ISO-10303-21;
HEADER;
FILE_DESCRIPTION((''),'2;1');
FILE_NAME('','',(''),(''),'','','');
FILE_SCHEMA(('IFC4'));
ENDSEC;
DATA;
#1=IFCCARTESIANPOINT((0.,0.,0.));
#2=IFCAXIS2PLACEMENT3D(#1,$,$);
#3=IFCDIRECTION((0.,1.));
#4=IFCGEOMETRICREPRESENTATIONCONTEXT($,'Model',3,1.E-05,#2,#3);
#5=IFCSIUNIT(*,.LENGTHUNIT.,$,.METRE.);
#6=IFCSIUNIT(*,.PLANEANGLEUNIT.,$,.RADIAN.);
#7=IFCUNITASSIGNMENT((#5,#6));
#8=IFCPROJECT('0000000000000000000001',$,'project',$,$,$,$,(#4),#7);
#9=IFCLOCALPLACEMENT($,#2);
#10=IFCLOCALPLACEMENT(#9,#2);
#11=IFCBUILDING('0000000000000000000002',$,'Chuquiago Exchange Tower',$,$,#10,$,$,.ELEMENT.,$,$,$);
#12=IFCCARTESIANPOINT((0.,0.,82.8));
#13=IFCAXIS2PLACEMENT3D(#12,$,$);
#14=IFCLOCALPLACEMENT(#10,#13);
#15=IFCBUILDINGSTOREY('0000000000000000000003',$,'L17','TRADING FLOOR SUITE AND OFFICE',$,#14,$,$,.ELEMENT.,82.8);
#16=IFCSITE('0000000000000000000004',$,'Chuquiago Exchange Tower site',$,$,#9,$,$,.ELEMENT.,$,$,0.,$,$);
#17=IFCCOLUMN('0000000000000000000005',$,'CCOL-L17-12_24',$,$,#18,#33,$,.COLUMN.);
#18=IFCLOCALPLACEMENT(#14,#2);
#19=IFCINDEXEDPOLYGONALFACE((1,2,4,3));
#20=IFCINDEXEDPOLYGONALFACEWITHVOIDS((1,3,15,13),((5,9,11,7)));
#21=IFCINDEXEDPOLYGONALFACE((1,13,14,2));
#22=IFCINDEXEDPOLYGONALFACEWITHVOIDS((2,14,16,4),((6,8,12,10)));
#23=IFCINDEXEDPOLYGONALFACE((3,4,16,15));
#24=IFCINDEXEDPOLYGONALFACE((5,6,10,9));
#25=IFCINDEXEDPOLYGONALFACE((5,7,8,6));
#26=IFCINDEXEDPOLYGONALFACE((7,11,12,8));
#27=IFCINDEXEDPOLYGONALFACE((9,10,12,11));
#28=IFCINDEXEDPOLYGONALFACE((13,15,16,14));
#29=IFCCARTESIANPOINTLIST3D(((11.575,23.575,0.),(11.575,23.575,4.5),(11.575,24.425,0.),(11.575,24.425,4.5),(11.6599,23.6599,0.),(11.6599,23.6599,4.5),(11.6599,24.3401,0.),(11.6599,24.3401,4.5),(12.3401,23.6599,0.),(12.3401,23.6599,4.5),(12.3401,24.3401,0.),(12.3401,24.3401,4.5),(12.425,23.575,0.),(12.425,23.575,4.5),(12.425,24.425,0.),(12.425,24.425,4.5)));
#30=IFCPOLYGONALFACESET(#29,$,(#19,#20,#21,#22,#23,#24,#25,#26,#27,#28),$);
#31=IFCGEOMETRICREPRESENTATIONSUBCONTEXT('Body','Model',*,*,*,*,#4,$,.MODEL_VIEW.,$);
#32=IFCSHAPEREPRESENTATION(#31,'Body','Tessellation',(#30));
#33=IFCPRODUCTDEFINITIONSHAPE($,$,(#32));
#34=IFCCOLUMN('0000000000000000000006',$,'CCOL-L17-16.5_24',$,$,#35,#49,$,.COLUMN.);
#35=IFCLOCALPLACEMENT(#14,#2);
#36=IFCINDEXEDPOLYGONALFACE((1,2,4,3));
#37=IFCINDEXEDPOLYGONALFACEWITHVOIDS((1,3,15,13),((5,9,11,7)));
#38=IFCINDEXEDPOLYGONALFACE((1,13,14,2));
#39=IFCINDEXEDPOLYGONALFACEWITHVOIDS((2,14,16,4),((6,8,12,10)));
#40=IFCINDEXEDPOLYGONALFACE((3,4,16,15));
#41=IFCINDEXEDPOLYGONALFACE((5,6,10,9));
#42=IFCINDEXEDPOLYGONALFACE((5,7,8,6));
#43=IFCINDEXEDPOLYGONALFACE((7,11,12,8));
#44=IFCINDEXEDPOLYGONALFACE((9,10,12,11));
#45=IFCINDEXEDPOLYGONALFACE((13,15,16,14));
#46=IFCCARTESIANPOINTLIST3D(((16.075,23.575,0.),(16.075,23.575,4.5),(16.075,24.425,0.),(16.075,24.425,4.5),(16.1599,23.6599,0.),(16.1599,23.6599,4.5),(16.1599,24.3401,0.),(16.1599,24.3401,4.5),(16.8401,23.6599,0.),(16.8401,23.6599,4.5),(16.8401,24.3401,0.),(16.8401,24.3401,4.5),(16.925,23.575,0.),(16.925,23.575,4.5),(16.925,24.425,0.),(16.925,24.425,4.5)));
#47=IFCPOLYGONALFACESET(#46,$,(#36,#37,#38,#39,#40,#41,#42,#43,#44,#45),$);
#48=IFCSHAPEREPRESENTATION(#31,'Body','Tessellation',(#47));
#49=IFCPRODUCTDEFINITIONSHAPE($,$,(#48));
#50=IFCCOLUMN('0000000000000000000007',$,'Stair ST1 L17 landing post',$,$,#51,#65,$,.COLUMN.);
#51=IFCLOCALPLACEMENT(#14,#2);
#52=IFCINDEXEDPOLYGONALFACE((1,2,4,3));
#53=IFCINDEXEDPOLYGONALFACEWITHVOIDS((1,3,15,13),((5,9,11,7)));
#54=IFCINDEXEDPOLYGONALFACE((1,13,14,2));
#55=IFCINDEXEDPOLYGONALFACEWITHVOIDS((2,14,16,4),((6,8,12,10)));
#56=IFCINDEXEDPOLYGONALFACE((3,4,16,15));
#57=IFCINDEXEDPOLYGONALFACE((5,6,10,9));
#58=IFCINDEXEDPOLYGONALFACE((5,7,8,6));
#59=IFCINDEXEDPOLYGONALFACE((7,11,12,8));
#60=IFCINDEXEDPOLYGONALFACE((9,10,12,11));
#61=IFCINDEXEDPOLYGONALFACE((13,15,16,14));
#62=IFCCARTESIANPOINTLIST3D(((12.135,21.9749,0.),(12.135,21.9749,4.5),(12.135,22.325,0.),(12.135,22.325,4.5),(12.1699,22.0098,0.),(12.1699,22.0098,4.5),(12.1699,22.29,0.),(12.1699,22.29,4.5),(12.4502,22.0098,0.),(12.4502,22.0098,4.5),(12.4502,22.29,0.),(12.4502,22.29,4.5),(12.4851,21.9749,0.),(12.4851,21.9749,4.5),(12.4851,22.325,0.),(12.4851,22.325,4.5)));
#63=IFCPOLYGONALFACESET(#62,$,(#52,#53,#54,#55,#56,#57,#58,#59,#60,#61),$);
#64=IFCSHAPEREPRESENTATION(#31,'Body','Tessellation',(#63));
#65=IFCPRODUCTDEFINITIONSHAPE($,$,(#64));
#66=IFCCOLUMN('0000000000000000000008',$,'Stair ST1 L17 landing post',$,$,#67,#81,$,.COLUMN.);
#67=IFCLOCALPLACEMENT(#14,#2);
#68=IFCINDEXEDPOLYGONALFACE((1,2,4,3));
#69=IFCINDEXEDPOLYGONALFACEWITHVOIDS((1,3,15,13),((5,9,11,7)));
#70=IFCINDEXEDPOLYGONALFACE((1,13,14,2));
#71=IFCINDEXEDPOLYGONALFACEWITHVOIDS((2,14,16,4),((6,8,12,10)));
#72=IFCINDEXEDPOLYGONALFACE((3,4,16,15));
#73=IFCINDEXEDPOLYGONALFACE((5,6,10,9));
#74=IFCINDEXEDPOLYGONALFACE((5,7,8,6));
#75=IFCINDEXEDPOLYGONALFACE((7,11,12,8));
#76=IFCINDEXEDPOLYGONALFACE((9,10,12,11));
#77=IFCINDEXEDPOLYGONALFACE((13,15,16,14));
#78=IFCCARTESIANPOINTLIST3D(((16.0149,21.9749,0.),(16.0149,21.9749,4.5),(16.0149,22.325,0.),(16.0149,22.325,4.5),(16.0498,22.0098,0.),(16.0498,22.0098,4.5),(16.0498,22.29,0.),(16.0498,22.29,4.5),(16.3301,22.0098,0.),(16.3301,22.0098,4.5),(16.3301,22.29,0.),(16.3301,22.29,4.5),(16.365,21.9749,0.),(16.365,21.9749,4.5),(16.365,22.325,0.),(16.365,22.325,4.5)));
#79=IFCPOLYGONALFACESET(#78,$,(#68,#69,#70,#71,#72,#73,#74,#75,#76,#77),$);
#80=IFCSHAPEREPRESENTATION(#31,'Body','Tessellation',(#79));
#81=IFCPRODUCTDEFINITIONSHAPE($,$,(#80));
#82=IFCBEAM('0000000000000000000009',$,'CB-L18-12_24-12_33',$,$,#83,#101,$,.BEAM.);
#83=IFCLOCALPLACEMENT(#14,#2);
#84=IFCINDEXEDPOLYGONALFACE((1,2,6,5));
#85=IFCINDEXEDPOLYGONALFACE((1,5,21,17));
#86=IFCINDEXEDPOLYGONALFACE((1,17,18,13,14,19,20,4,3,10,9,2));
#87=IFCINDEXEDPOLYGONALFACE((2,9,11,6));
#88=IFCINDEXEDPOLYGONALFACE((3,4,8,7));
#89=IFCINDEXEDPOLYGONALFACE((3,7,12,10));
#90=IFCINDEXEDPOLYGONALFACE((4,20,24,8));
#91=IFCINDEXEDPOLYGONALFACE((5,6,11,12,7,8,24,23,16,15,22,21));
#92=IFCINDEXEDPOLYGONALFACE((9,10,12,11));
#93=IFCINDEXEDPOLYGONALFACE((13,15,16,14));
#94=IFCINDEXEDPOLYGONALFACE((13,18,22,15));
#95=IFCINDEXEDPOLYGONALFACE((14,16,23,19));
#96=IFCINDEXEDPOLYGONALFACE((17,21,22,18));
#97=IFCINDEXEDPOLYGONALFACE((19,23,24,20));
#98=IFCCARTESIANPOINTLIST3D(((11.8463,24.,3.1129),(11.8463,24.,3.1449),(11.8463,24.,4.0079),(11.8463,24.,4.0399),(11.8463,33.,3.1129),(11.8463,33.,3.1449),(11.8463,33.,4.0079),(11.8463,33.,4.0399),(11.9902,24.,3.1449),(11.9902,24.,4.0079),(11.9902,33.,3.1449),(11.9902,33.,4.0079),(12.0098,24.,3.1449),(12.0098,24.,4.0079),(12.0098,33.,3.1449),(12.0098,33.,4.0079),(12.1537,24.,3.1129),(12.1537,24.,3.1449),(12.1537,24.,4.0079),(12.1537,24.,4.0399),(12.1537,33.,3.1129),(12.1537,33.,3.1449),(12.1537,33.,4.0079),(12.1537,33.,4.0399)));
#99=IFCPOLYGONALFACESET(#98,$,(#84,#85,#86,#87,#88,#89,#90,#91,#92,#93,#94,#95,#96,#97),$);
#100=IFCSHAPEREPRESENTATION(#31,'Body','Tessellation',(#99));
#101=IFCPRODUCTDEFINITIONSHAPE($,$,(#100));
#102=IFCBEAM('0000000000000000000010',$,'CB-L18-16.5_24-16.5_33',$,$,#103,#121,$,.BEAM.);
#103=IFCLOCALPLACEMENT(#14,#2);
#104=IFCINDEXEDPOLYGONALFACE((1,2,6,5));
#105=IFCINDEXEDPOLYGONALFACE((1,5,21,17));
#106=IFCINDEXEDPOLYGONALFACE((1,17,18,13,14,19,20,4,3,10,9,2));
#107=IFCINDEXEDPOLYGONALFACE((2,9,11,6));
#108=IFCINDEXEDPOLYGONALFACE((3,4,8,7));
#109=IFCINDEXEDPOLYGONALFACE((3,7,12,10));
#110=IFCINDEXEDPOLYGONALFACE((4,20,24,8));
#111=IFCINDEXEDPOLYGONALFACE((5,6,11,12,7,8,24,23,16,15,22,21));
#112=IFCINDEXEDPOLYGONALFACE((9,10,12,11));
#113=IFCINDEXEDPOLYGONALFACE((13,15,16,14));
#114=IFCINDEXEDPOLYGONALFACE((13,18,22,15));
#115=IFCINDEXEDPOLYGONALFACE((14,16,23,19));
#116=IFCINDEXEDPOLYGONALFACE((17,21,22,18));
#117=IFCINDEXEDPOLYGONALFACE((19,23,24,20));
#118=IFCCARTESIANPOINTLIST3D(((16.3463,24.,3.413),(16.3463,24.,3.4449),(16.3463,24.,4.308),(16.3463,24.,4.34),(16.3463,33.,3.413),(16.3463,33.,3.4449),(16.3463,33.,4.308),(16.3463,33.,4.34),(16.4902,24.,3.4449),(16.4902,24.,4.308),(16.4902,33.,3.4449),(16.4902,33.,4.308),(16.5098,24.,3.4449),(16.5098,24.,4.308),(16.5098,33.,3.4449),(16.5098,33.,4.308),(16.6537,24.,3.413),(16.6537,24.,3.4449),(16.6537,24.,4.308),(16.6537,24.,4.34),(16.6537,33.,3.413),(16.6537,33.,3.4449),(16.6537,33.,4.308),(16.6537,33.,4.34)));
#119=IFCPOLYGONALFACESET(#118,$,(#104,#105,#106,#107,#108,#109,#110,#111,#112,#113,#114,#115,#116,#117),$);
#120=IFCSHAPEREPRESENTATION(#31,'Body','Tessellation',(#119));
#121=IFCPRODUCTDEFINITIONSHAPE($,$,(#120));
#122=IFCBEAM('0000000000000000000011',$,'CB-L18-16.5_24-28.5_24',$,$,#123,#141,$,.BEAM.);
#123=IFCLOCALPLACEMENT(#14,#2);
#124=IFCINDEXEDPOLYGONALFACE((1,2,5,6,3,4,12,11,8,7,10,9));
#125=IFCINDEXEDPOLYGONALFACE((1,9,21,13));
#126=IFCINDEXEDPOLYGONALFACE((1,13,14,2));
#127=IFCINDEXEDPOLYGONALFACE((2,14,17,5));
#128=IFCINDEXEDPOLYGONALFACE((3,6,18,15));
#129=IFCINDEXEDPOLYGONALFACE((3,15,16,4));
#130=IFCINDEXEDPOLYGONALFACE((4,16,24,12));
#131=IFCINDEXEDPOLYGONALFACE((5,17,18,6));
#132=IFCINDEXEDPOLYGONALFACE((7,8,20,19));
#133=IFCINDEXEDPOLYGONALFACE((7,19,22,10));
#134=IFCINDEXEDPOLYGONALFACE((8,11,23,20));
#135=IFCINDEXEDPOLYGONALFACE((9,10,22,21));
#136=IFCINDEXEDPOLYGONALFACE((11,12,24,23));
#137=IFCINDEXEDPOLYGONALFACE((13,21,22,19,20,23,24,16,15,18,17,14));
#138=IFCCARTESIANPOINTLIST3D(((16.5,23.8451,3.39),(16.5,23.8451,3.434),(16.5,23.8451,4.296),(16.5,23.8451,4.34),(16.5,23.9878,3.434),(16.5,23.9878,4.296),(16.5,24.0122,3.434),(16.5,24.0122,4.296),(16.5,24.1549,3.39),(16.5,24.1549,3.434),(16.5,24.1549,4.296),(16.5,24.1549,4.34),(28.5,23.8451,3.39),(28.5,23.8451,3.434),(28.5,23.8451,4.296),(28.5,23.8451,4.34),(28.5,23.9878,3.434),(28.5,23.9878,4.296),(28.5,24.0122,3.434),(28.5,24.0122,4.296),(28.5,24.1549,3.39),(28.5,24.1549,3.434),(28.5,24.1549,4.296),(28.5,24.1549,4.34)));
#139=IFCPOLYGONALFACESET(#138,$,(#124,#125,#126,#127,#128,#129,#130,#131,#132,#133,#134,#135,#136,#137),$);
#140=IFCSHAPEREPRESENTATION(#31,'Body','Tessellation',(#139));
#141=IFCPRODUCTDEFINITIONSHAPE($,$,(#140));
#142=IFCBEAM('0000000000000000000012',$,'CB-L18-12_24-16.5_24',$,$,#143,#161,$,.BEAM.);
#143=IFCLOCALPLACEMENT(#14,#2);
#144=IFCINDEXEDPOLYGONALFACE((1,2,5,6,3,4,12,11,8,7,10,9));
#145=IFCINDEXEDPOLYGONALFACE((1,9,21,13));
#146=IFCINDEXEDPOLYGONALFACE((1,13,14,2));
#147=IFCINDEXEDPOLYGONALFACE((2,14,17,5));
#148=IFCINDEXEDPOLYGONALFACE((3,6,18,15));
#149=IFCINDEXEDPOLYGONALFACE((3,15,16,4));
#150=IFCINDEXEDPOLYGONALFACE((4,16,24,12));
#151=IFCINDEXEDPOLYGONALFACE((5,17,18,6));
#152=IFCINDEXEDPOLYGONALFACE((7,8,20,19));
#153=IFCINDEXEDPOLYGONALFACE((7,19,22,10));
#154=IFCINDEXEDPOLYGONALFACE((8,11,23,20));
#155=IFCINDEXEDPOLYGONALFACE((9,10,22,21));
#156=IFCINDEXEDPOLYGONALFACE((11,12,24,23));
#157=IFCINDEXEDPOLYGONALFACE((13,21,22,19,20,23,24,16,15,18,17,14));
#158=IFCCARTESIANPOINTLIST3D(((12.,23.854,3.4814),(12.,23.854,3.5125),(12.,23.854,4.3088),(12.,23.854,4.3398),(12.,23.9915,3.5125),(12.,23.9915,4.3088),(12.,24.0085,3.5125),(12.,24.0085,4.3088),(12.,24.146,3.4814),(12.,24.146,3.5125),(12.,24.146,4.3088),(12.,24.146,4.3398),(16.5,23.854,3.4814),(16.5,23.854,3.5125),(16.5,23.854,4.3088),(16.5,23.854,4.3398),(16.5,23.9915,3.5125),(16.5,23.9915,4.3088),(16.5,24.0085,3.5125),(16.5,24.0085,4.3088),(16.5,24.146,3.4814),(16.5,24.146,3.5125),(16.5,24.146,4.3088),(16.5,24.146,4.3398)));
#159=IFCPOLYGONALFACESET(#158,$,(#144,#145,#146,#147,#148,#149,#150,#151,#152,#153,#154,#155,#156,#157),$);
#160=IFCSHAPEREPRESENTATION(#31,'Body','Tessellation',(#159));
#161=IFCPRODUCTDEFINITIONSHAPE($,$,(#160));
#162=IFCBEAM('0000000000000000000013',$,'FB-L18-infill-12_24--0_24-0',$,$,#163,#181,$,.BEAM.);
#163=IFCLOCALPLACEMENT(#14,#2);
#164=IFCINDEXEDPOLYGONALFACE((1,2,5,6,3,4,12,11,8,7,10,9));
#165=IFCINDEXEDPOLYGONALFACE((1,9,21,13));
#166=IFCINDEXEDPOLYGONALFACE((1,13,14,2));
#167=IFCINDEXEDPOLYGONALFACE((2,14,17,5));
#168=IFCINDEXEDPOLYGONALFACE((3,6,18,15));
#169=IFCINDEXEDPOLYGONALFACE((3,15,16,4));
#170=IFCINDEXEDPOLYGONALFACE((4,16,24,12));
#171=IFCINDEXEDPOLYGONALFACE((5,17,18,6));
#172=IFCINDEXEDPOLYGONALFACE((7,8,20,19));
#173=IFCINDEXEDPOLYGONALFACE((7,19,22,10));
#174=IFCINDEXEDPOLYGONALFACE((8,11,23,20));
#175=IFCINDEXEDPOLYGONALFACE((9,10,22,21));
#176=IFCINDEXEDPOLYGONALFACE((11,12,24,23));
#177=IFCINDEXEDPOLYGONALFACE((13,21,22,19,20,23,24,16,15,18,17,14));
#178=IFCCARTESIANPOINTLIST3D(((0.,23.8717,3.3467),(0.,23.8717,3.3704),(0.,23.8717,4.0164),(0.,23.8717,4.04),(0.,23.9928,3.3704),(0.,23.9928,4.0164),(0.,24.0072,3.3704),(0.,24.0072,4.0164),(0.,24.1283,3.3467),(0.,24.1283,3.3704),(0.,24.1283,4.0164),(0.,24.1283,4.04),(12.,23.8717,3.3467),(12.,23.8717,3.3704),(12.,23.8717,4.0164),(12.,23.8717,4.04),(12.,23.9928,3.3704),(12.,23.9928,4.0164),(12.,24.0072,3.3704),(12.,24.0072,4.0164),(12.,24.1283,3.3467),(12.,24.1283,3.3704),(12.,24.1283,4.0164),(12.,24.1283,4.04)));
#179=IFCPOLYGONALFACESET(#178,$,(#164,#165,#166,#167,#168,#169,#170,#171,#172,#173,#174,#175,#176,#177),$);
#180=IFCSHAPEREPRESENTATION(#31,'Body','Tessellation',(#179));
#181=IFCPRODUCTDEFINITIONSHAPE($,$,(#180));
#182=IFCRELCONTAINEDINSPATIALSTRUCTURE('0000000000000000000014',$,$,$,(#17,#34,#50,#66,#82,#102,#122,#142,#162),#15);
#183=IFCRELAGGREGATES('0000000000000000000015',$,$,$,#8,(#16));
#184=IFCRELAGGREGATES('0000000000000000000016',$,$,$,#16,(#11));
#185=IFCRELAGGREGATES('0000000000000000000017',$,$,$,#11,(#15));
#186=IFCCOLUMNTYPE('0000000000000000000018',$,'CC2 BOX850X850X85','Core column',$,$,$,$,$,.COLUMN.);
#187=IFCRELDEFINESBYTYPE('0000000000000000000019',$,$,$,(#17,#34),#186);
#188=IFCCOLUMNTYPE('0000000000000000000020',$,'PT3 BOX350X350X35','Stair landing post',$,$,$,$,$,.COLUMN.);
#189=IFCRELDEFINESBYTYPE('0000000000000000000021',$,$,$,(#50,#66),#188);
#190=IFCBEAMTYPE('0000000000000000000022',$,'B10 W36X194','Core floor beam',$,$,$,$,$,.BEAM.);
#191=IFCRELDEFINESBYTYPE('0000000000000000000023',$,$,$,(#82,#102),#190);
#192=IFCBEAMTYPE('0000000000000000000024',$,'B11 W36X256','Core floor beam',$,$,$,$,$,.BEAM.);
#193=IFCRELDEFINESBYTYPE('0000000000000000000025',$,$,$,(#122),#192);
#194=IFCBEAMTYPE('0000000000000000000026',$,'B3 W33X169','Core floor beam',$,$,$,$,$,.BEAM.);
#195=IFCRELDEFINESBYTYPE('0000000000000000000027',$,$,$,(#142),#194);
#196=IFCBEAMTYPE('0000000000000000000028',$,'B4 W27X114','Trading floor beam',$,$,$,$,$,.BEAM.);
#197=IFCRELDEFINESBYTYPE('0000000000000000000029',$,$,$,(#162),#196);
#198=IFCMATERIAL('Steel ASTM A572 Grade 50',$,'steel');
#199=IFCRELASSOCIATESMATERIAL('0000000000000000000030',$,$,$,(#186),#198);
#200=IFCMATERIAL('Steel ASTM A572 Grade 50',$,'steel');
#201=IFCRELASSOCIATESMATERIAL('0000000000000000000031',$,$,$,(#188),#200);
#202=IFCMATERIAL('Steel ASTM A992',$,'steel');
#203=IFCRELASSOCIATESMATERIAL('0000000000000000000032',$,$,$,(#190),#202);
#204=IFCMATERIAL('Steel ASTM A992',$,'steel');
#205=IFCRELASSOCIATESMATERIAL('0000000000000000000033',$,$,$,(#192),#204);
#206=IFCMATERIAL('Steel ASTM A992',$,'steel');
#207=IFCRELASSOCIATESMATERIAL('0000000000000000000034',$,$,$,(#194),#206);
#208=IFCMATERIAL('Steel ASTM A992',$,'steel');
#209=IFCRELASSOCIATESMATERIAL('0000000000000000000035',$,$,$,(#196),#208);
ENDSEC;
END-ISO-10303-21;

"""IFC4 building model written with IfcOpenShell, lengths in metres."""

from ifc_helpers import new_model, si_unit, direction, frame, origin, origin_2d, place, context, subcontext, project, spatial, hollow_rectangle, i_section, extrude, material, material_profile, profile_set, type_object, element, save


model = new_model("IFC4")

# Units and contexts
model_context = context("Model", 3, precision=1e-05, world=origin(), true_north=direction((0.0, 1.0)))
body_context = subcontext(model_context, "Body", "Model", "MODEL_VIEW")
ifc_project = project(units=[si_unit("LENGTHUNIT", "METRE"), si_unit("PLANEANGLEUNIT", "RADIAN")], contexts=[model_context])

# Site, building, storey
site_placement = place(None, origin())
site = spatial("IfcSite", under=ifc_project, at=site_placement, Name="Chuquiago Exchange Tower site", CompositionType="ELEMENT", RefElevation=0.0)
building_placement = place(site_placement, origin())
building = spatial("IfcBuilding", under=site, at=building_placement, Name="Chuquiago Exchange Tower", CompositionType="ELEMENT")
storey_placement = place(building_placement, frame((0.0, 0.0, 82.8)))
storey = spatial("IfcBuildingStorey", under=building, at=storey_placement, Name="L17", Description="TRADING FLOOR SUITE AND OFFICE", CompositionType="ELEMENT", Elevation=82.8)

# Columns
ifc_material_1 = material(Name="Steel ASTM A572 Grade 50", Category="steel")
ifc_material_profile_1 = material_profile(ifc_material_1, hollow_rectangle(XDim=0.8501, YDim=0.8501, WallThickness=0.085, at=origin_2d()), Name="BOX850X850X85")
ifc_profile_set_1 = profile_set([ifc_material_profile_1], Name="Steel ASTM A572 Grade 50")
column_type_1 = type_object("IfcColumnType", Name="CC2 BOX850X850X85", Description="Core column", PredefinedType="COLUMN", material=ifc_profile_set_1)
for number, where, z_axis, x_axis, name in (
    (1, (12.0, 24.0, 0.0), (0.0, 0.0, 1.0), (1.0, 0.0, 0.0), "CCOL-L17-12_24"),
    (2, (16.5, 24.0, 0.0), (0.0, 0.0, 1.0), (1.0, 0.0, 0.0), "CCOL-L17-16.5_24"),
):
    element("IfcColumn", number, at=place(storey_placement, frame(where, z_axis=z_axis, x_axis=x_axis)), inside=storey, type_object=column_type_1, Name=name, PredefinedType="COLUMN", context=body_context, shape_type="SweptSolid", body=[
        extrude(hollow_rectangle(XDim=0.8501, YDim=0.8501, WallThickness=0.085, at=origin_2d()), origin(), (0.0, 0.0, 1.0), 4.5),
    ])
ifc_material_2 = material(Name="Steel ASTM A572 Grade 50", Category="steel")
ifc_material_profile_2 = material_profile(ifc_material_2, hollow_rectangle(XDim=0.3501, YDim=0.3501, WallThickness=0.0349, at=origin_2d()), Name="BOX350X350X35")
ifc_profile_set_2 = profile_set([ifc_material_profile_2], Name="Steel ASTM A572 Grade 50")
column_type_2 = type_object("IfcColumnType", Name="PT3 BOX350X350X35", Description="Stair landing post", PredefinedType="COLUMN", material=ifc_profile_set_2)
for number, where, z_axis, x_axis, name in (
    (3, (12.3101, 22.1499, 0.0), (0.0, 0.0, 1.0), (1.0, 0.0, 0.0), "Stair ST1 L17 landing post"),
    (4, (16.1899, 22.1499, 0.0), (0.0, 0.0, 1.0), (1.0, 0.0, 0.0), "Stair ST1 L17 landing post"),
):
    element("IfcColumn", number, at=place(storey_placement, frame(where, z_axis=z_axis, x_axis=x_axis)), inside=storey, type_object=column_type_2, Name=name, PredefinedType="COLUMN", context=body_context, shape_type="SweptSolid", body=[
        extrude(hollow_rectangle(XDim=0.3501, YDim=0.3501, WallThickness=0.0349, at=origin_2d()), origin(), (0.0, 0.0, 1.0), 4.5),
    ])

# Beams
ifc_material_3 = material(Name="Steel ASTM A992", Category="steel")
ifc_material_profile_3 = material_profile(ifc_material_3, i_section(OverallWidth=0.3074, OverallDepth=0.927, WebThickness=0.0195, FlangeThickness=0.032, at=origin_2d()), Name="W36X194")
ifc_profile_set_3 = profile_set([ifc_material_profile_3], Name="Steel ASTM A992")
beam_type_1 = type_object("IfcBeamType", Name="B10 W36X194", Description="Core floor beam", PredefinedType="BEAM", material=ifc_profile_set_3)
for number, where, z_axis, x_axis, name in (
    (5, (12.0, 24.0, 3.5764), (0.0, 1.0, 0.0), (-1.0, 0.0, 0.0), "CB-L18-12_24-12_33"),
    (6, (16.5, 24.0, 3.8765), (0.0, 1.0, 0.0), (-1.0, 0.0, 0.0), "CB-L18-16.5_24-16.5_33"),
):
    element("IfcBeam", number, at=place(storey_placement, frame(where, z_axis=z_axis, x_axis=x_axis)), inside=storey, type_object=beam_type_1, Name=name, PredefinedType="BEAM", context=body_context, shape_type="SweptSolid", body=[
        extrude(i_section(OverallWidth=0.3074, OverallDepth=0.927, WebThickness=0.0195, FlangeThickness=0.032, at=origin_2d()), origin(), (0.0, 0.0, 1.0), 9.0),
    ])
ifc_material_4 = material(Name="Steel ASTM A992", Category="steel")
ifc_material_profile_4 = material_profile(ifc_material_4, i_section(OverallWidth=0.3098, OverallDepth=0.95, WebThickness=0.0244, FlangeThickness=0.0439, at=origin_2d()), Name="W36X256")
ifc_profile_set_4 = profile_set([ifc_material_profile_4], Name="Steel ASTM A992")
beam_type_2 = type_object("IfcBeamType", Name="B11 W36X256", Description="Core floor beam", PredefinedType="BEAM", material=ifc_profile_set_4)
beam_1_placement = place(storey_placement, frame((16.5, 24.0, 3.865), z_axis=(1.0, 0.0, 0.0), x_axis=(0.0, 1.0, 0.0)))
element("IfcBeam", 7, at=beam_1_placement, inside=storey, type_object=beam_type_2, Name="CB-L18-16.5_24-28.5_24", PredefinedType="BEAM", context=body_context, shape_type="SweptSolid", body=[
    extrude(i_section(OverallWidth=0.3098, OverallDepth=0.95, WebThickness=0.0244, FlangeThickness=0.0439, at=origin_2d()), origin(), (0.0, 0.0, 1.0), 12.0),
])
ifc_material_5 = material(Name="Steel ASTM A992", Category="steel")
ifc_material_profile_5 = material_profile(ifc_material_5, i_section(OverallWidth=0.292, OverallDepth=0.8584, WebThickness=0.0171, FlangeThickness=0.031, at=origin_2d()), Name="W33X169")
ifc_profile_set_5 = profile_set([ifc_material_profile_5], Name="Steel ASTM A992")
beam_type_3 = type_object("IfcBeamType", Name="B3 W33X169", Description="Core floor beam", PredefinedType="BEAM", material=ifc_profile_set_5)
beam_2_placement = place(storey_placement, frame((12.0, 24.0, 3.9106), z_axis=(1.0, 0.0, 0.0), x_axis=(0.0, 1.0, 0.0)))
element("IfcBeam", 8, at=beam_2_placement, inside=storey, type_object=beam_type_3, Name="CB-L18-12_24-16.5_24", PredefinedType="BEAM", context=body_context, shape_type="SweptSolid", body=[
    extrude(i_section(OverallWidth=0.292, OverallDepth=0.8584, WebThickness=0.0171, FlangeThickness=0.031, at=origin_2d()), origin(), (0.0, 0.0, 1.0), 4.5),
])
ifc_material_6 = material(Name="Steel ASTM A992", Category="steel")
ifc_material_profile_6 = material_profile(ifc_material_6, i_section(OverallWidth=0.2566, OverallDepth=0.6934, WebThickness=0.0144, FlangeThickness=0.0237, at=origin_2d()), Name="W27X114")
ifc_profile_set_6 = profile_set([ifc_material_profile_6], Name="Steel ASTM A992")
beam_type_4 = type_object("IfcBeamType", Name="B4 W27X114", Description="Trading floor beam", PredefinedType="BEAM", material=ifc_profile_set_6)
for number, where, z_axis, x_axis, name in (
    (9, (12.0, 24.0, 3.6934), (-1.0, 0.0, 0.0), (0.0, -1.0, 0.0), "FB-L18-infill-12_24--0_24-0"),
):
    element("IfcBeam", number, at=place(storey_placement, frame(where, z_axis=z_axis, x_axis=x_axis)), inside=storey, type_object=beam_type_4, Name=name, PredefinedType="BEAM", context=body_context, shape_type="SweptSolid", body=[
        extrude(i_section(OverallWidth=0.2566, OverallDepth=0.6934, WebThickness=0.0144, FlangeThickness=0.0237, at=origin_2d()), origin(), (0.0, 0.0, 1.0), 12.0),
    ])

save(model, "model.ifc")
